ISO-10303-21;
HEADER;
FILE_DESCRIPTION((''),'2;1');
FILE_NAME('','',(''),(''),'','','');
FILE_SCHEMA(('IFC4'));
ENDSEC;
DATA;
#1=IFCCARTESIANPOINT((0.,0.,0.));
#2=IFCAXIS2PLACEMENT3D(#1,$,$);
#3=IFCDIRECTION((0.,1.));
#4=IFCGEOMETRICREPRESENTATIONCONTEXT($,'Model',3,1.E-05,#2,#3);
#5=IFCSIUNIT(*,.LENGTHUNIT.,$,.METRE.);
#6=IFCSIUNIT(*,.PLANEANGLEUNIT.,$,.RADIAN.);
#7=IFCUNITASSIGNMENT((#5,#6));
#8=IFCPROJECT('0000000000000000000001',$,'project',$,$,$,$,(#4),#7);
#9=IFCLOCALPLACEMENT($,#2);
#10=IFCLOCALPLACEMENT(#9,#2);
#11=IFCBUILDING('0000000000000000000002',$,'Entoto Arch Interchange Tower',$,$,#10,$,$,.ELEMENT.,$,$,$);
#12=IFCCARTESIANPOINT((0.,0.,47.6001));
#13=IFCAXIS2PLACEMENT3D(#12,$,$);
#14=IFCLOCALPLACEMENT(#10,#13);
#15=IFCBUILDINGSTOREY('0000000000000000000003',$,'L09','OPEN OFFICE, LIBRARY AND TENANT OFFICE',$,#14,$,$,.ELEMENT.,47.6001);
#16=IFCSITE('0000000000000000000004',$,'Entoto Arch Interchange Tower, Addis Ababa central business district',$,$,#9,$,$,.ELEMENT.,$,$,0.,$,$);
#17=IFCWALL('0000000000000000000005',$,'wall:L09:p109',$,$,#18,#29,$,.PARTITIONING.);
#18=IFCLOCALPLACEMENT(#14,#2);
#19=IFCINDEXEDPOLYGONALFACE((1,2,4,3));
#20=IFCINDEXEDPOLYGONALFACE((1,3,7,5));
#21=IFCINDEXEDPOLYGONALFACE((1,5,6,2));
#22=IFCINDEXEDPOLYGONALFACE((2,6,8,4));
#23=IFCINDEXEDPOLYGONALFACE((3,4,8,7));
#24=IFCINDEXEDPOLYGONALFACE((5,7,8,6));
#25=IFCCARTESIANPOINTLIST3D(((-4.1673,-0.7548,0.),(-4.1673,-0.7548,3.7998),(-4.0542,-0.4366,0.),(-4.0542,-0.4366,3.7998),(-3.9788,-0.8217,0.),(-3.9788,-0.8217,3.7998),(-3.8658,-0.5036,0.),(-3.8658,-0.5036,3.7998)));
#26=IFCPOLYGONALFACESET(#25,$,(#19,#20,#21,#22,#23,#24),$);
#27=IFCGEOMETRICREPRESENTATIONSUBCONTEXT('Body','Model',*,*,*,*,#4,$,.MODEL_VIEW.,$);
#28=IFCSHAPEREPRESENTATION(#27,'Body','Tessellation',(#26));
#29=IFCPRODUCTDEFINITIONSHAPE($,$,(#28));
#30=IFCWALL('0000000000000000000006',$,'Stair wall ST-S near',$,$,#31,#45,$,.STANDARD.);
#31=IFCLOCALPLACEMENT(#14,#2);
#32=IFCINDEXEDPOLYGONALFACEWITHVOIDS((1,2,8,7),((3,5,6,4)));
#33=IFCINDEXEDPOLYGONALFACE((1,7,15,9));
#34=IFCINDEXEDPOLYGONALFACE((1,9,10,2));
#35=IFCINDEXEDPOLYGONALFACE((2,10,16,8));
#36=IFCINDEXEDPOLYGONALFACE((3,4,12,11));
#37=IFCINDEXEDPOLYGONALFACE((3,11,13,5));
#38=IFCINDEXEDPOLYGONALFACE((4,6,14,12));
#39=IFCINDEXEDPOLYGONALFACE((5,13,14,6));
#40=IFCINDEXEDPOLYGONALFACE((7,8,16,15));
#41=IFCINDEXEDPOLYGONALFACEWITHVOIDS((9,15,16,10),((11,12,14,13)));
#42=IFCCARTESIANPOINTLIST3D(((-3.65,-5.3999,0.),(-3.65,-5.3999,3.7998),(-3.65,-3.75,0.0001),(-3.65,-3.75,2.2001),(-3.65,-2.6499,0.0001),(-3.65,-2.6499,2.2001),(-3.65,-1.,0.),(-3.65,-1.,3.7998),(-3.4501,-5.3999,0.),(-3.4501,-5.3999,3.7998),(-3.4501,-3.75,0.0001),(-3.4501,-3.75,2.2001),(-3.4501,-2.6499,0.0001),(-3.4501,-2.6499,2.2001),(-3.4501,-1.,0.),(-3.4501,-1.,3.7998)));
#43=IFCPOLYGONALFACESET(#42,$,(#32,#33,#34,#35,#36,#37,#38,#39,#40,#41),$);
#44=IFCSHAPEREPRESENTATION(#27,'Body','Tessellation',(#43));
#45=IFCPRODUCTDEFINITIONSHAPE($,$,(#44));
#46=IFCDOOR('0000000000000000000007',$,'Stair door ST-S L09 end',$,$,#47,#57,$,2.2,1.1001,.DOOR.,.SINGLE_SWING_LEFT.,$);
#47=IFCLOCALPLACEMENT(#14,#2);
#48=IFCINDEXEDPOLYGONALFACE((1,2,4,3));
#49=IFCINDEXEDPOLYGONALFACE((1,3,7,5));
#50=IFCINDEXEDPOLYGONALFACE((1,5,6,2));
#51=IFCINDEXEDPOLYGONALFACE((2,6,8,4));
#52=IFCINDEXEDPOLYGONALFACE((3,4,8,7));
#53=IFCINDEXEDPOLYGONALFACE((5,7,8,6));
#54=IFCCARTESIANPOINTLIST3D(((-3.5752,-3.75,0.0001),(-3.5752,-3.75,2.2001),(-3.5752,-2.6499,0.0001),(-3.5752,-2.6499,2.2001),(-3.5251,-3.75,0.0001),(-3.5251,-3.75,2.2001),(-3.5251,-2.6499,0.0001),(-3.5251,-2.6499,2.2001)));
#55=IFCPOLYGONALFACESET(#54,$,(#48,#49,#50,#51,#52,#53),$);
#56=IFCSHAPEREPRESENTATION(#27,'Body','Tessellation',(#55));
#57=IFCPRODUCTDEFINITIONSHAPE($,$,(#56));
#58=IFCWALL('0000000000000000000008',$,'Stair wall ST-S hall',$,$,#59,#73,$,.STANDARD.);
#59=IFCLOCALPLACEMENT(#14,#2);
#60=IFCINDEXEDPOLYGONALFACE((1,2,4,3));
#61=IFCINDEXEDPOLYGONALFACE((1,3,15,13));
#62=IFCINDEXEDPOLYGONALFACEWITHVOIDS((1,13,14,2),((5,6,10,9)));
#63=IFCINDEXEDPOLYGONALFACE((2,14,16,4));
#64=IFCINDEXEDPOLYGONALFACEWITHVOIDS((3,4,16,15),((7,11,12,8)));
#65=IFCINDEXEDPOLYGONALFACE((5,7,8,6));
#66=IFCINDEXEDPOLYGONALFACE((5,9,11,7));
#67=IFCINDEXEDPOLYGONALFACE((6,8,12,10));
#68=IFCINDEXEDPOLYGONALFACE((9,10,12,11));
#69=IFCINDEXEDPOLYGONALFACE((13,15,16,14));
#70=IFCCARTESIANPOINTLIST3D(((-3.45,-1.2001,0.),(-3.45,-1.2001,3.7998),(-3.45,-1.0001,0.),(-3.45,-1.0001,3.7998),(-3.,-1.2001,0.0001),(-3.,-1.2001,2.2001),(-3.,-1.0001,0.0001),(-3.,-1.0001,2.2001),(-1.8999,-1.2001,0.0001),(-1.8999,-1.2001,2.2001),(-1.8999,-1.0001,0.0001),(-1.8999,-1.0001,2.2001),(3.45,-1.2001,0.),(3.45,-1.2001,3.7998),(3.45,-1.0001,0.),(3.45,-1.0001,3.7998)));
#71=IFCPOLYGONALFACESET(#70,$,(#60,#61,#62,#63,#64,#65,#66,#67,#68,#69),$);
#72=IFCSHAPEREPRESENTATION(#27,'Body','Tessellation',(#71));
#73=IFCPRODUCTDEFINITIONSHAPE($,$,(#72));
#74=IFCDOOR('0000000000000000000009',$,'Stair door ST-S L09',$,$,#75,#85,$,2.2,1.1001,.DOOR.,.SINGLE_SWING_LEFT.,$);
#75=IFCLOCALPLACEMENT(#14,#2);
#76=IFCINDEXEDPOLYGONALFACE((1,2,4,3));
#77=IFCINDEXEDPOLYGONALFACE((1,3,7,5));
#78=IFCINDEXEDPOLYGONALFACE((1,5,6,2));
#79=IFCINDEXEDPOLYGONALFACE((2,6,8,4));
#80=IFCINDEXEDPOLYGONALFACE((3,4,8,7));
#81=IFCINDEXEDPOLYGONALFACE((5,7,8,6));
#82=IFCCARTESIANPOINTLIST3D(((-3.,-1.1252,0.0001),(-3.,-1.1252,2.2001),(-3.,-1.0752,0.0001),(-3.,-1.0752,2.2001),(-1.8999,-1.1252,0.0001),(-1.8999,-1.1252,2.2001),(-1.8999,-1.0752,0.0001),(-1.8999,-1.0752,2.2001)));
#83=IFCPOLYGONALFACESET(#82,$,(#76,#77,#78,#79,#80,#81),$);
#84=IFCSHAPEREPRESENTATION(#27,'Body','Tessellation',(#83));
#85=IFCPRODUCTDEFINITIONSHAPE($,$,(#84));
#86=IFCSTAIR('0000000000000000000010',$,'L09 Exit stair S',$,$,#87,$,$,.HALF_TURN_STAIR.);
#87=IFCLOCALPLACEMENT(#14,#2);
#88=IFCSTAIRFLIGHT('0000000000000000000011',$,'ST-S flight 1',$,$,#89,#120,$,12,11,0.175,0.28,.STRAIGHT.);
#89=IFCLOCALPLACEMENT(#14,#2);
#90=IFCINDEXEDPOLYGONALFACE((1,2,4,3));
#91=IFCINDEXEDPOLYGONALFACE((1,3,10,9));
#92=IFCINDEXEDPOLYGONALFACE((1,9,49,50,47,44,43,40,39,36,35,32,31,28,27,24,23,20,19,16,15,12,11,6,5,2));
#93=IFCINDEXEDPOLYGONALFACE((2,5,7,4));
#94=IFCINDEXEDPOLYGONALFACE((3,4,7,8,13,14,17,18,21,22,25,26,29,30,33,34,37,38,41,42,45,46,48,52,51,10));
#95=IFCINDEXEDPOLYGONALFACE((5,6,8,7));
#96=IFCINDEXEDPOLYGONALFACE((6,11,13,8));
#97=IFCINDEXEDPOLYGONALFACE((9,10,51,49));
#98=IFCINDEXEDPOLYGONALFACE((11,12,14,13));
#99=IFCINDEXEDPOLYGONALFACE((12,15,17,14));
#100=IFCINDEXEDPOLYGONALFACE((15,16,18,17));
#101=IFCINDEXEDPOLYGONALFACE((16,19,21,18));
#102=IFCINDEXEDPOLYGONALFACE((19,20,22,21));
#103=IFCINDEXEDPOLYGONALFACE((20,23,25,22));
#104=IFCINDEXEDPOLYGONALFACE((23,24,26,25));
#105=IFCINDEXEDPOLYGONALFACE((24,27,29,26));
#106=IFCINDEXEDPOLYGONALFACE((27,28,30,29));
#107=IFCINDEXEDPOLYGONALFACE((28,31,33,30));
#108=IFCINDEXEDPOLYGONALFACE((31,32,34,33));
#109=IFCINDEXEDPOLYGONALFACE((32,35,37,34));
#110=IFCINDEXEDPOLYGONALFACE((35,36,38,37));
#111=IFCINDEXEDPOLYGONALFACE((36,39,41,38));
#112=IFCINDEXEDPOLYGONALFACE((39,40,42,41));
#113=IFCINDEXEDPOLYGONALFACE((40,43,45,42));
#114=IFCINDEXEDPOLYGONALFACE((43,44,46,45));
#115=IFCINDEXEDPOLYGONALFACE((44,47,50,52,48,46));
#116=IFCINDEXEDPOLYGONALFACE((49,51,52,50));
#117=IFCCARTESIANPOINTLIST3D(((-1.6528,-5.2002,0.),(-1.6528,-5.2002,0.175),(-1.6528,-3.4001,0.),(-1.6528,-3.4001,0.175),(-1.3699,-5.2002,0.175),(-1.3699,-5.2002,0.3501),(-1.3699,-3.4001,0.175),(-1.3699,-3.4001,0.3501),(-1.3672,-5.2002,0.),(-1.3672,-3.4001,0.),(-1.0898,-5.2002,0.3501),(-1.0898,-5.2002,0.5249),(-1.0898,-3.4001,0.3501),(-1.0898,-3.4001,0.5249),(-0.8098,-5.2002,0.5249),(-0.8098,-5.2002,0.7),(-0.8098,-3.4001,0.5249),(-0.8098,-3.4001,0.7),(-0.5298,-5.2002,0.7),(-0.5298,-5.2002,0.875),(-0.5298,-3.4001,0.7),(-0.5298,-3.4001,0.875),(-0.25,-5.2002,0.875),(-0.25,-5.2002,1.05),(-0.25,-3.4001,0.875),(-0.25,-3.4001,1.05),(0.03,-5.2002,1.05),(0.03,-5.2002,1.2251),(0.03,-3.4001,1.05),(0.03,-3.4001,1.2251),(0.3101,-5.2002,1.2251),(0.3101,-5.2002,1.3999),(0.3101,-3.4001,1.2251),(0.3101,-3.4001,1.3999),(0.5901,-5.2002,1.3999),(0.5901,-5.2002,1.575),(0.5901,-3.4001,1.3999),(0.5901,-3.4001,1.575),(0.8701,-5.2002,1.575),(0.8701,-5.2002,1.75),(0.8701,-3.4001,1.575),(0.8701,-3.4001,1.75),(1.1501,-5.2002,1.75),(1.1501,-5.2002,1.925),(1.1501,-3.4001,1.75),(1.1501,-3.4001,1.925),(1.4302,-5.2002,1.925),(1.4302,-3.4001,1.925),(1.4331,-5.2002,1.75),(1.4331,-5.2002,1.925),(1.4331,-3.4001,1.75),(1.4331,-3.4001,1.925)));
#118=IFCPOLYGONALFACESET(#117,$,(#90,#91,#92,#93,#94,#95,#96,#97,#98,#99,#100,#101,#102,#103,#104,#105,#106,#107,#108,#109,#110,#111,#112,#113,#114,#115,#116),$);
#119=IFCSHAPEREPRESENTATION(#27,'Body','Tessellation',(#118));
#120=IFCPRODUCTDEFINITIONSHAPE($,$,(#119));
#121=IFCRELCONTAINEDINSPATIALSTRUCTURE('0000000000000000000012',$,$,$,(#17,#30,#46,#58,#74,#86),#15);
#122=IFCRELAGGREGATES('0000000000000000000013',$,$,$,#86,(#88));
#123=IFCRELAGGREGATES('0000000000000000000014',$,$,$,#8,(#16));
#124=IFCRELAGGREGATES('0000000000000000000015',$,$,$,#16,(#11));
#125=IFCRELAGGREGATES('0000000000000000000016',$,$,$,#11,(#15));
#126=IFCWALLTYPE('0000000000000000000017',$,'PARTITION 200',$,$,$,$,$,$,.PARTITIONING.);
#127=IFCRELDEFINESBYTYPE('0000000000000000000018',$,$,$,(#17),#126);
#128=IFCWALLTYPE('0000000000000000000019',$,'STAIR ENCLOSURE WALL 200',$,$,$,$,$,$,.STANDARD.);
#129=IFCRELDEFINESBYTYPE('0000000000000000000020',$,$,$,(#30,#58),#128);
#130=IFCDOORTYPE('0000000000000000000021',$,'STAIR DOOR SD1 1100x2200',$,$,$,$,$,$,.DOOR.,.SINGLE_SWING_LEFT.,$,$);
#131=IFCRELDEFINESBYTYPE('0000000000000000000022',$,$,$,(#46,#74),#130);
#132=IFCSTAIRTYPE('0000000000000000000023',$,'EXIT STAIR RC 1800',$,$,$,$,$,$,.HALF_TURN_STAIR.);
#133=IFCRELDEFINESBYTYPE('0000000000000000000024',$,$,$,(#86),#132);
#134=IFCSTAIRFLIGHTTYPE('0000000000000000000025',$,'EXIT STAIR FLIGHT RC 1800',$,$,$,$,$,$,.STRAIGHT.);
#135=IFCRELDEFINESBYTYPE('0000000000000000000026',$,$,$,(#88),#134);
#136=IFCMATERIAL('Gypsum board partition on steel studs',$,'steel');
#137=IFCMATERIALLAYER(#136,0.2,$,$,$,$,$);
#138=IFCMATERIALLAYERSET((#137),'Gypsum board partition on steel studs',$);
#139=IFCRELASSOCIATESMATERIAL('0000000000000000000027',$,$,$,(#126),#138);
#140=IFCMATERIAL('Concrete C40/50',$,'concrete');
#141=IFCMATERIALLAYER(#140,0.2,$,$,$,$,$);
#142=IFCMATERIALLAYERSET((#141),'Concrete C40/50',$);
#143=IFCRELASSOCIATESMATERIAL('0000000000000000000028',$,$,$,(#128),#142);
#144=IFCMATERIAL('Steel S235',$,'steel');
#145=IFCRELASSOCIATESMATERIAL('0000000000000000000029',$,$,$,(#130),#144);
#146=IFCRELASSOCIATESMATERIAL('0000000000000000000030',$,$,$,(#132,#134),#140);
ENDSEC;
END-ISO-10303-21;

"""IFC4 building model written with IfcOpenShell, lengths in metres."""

from ifc_helpers import new_model, si_unit, direction, frame, frame_2d, origin, place, context, subcontext, project, spatial, polyline, rectangle, outline, extrude, material, layer, layer_set, type_object, element, fill, aggregate, save


model = new_model("IFC4")

# Units and contexts
model_context = context("Model", 3, precision=1e-05, world=origin(), true_north=direction((0.0, 1.0)))
body_context = subcontext(model_context, "Body", "Model", "MODEL_VIEW")
ifc_project = project(units=[si_unit("LENGTHUNIT", "METRE"), si_unit("PLANEANGLEUNIT", "RADIAN")], contexts=[model_context])

# Site, building, storey
site_placement = place(None, origin())
site = spatial("IfcSite", under=ifc_project, at=site_placement, Name="Entoto Arch Interchange Tower, Addis Ababa central business district", CompositionType="ELEMENT", RefElevation=0.0)
building_placement = place(site_placement, origin())
building = spatial("IfcBuilding", under=site, at=building_placement, Name="Entoto Arch Interchange Tower", CompositionType="ELEMENT")
storey_placement = place(building_placement, frame((0.0, 0.0, 47.6001)))
storey = spatial("IfcBuildingStorey", under=building, at=storey_placement, Name="L09", Description="OPEN OFFICE, LIBRARY AND TENANT OFFICE", CompositionType="ELEMENT", Elevation=47.6001)

# Shared definitions
ifc_material_1 = material(Name="Concrete C40/50", Category="concrete")

# Shared definitions
ifc_material_2 = material(Name="Gypsum board partition on steel studs", Category="steel")
ifc_layer_1 = layer(ifc_material_2, 0.2)
ifc_layer_set_1 = layer_set([ifc_layer_1], Name="Gypsum board partition on steel studs")
wall_type_1 = type_object("IfcWallType", Name="PARTITION 200", PredefinedType="PARTITIONING", material=ifc_layer_set_1)

# Wall
wall_1_placement = place(storey_placement, frame((-3.96, -0.47, 0.0), z_axis=(0.0, 0.0, 1.0), x_axis=(-0.334824, -0.942281, 0.0)))
element("IfcWall", 1, at=wall_1_placement, inside=storey, type_object=wall_type_1, Name="wall:L09:p109", PredefinedType="PARTITIONING", context=body_context, shape_type="SweptSolid", body=[
    extrude(rectangle(XDim=0.3376, YDim=0.2, at=frame_2d((0.1689, 0.0))), origin(), (0.0, 0.0, 1.0), 3.7998),
])

# Walls, openings, doors
ifc_layer_2 = layer(ifc_material_1, 0.2)
ifc_layer_set_2 = layer_set([ifc_layer_2], Name="Concrete C40/50")
wall_type_2 = type_object("IfcWallType", Name="STAIR ENCLOSURE WALL 200", PredefinedType="STANDARD", material=ifc_layer_set_2)
wall_2_placement = place(storey_placement, frame((-3.55, -1.0, 0.0), z_axis=(0.0, 0.0, 1.0), x_axis=(0.0, -1.0, 0.0)))
wall_2 = element("IfcWall", 2, at=wall_2_placement, inside=storey, type_object=wall_type_2, Name="Stair wall ST-S near", PredefinedType="STANDARD", context=body_context, shape_type="SweptSolid", body=[
    extrude(rectangle(XDim=4.3999, YDim=0.2, at=frame_2d((2.2, 0.0))), origin(), (0.0, 0.0, 1.0), 3.7998),
])
opening_1_placement = place(wall_2_placement, frame((1.6499, 0.0, 0.0)))
opening_1 = element("IfcOpeningElement", 3, at=opening_1_placement, cuts=wall_2, PredefinedType="OPENING", context=body_context, shape_type="SweptSolid", body=[
    extrude(rectangle(XDim=1.1001, YDim=2.2, at=frame_2d((0.55, 1.1001))), frame((0.0, 0.1099, 0.0), z_axis=(0.0, -1.0, 0.0), x_axis=(1.0, 0.0, 0.0)), (0.0, 0.0, 1.0), 0.22),
])
ifc_material_3 = material(Name="Steel S235", Category="steel")
door_type_1 = type_object("IfcDoorType", Name="STAIR DOOR SD1 1100x2200", OperationType="SINGLE_SWING_LEFT", PredefinedType="DOOR", material=ifc_material_3)
door_1_placement = place(opening_1_placement, origin())
door_1 = element("IfcDoor", 4, at=door_1_placement, inside=storey, type_object=door_type_1, Name="Stair door ST-S L09 end", OperationType="SINGLE_SWING_LEFT", OverallHeight=2.2, OverallWidth=1.1001, PredefinedType="DOOR", context=body_context, shape_type="SweptSolid", body=[
    extrude(rectangle(XDim=1.1001, YDim=2.2, at=frame_2d((0.55, 1.1001))), frame((0.0, 0.0249, 0.0), z_axis=(0.0, -1.0, 0.0), x_axis=(1.0, 0.0, 0.0)), (0.0, 0.0, 1.0), 0.05),
])
fill(opening_1, door_1)
wall_3_placement = place(storey_placement, frame((-3.45, -1.1001, 0.0), z_axis=(0.0, 0.0, 1.0), x_axis=(1.0, 0.0, 0.0)))
wall_3 = element("IfcWall", 5, at=wall_3_placement, inside=storey, type_object=wall_type_2, Name="Stair wall ST-S hall", PredefinedType="STANDARD", context=body_context, shape_type="SweptSolid", body=[
    extrude(rectangle(XDim=6.8999, YDim=0.2, at=frame_2d((3.45, 0.0))), origin(), (0.0, 0.0, 1.0), 3.7998),
])
opening_2_placement = place(wall_3_placement, frame((0.45, 0.0, 0.0)))
opening_2 = element("IfcOpeningElement", 6, at=opening_2_placement, cuts=wall_3, PredefinedType="OPENING", context=body_context, shape_type="SweptSolid", body=[
    extrude(rectangle(XDim=1.1001, YDim=2.2, at=frame_2d((0.55, 1.1001))), frame((0.0, 0.1099, 0.0), z_axis=(0.0, -1.0, 0.0), x_axis=(1.0, 0.0, 0.0)), (0.0, 0.0, 1.0), 0.22),
])
door_2_placement = place(opening_2_placement, origin())
door_2 = element("IfcDoor", 7, at=door_2_placement, inside=storey, type_object=door_type_1, Name="Stair door ST-S L09", OperationType="SINGLE_SWING_LEFT", OverallHeight=2.2, OverallWidth=1.1001, PredefinedType="DOOR", context=body_context, shape_type="SweptSolid", body=[
    extrude(rectangle(XDim=1.1001, YDim=2.2, at=frame_2d((0.55, 1.1001))), frame((0.0, 0.0249, 0.0), z_axis=(0.0, -1.0, 0.0), x_axis=(1.0, 0.0, 0.0)), (0.0, 0.0, 1.0), 0.05),
])
fill(opening_2, door_2)

# Stair, stair flight
stair_type = type_object("IfcStairType", Name="EXIT STAIR RC 1800", PredefinedType="HALF_TURN_STAIR", material=ifc_material_1)
stair_placement = place(storey_placement, origin())
stair = element("IfcStair", 8, at=stair_placement, inside=storey, type_object=stair_type, Name="L09 Exit stair S", PredefinedType="HALF_TURN_STAIR")
stair_flight_type = type_object("IfcStairFlightType", Name="EXIT STAIR FLIGHT RC 1800", PredefinedType="STRAIGHT", material=ifc_material_1)
stair_flight_placement = place(storey_placement, frame((-1.6499, -4.3, 0.0), z_axis=(0.0, 0.0, 1.0), x_axis=(1.0, 0.0, 0.0)))
stair_flight = element("IfcStairFlight", 9, at=stair_flight_placement, type_object=stair_flight_type, Name="ST-S flight 1", NumberOfRisers=12, NumberOfTreads=11, PredefinedType="STRAIGHT", RiserHeight=0.175, TreadLength=0.28, context=body_context, shape_type="SweptSolid", body=[
    extrude(outline(polyline([(-0.0029, 0.0), (-0.0029, 0.175), (0.28, 0.175), (0.28, 0.3501), (0.5601, 0.3501), (0.5601, 0.5249), (0.8401, 0.5249), (0.8401, 0.7), (1.1201, 0.7), (1.1201, 0.875), (1.3999, 0.875), (1.3999, 1.05), (1.6799, 1.05), (1.6799, 1.2251), (1.96, 1.2251), (1.96, 1.3999), (2.24, 1.3999), (2.24, 1.575), (2.52, 1.575), (2.52, 1.75), (2.8, 1.75), (2.8, 1.925), (3.0801, 1.925), (3.083, 1.925), (3.083, 1.75), (0.2827, 0.0), (-0.0029, 0.0)])), frame((0.0, 0.8999, 0.0), z_axis=(0.0, -1.0, 0.0), x_axis=(1.0, 0.0, 0.0)), (0.0, 0.0, 1.0), 1.8),
])
aggregate(stair, [stair_flight])

save(model, "model.ifc")
